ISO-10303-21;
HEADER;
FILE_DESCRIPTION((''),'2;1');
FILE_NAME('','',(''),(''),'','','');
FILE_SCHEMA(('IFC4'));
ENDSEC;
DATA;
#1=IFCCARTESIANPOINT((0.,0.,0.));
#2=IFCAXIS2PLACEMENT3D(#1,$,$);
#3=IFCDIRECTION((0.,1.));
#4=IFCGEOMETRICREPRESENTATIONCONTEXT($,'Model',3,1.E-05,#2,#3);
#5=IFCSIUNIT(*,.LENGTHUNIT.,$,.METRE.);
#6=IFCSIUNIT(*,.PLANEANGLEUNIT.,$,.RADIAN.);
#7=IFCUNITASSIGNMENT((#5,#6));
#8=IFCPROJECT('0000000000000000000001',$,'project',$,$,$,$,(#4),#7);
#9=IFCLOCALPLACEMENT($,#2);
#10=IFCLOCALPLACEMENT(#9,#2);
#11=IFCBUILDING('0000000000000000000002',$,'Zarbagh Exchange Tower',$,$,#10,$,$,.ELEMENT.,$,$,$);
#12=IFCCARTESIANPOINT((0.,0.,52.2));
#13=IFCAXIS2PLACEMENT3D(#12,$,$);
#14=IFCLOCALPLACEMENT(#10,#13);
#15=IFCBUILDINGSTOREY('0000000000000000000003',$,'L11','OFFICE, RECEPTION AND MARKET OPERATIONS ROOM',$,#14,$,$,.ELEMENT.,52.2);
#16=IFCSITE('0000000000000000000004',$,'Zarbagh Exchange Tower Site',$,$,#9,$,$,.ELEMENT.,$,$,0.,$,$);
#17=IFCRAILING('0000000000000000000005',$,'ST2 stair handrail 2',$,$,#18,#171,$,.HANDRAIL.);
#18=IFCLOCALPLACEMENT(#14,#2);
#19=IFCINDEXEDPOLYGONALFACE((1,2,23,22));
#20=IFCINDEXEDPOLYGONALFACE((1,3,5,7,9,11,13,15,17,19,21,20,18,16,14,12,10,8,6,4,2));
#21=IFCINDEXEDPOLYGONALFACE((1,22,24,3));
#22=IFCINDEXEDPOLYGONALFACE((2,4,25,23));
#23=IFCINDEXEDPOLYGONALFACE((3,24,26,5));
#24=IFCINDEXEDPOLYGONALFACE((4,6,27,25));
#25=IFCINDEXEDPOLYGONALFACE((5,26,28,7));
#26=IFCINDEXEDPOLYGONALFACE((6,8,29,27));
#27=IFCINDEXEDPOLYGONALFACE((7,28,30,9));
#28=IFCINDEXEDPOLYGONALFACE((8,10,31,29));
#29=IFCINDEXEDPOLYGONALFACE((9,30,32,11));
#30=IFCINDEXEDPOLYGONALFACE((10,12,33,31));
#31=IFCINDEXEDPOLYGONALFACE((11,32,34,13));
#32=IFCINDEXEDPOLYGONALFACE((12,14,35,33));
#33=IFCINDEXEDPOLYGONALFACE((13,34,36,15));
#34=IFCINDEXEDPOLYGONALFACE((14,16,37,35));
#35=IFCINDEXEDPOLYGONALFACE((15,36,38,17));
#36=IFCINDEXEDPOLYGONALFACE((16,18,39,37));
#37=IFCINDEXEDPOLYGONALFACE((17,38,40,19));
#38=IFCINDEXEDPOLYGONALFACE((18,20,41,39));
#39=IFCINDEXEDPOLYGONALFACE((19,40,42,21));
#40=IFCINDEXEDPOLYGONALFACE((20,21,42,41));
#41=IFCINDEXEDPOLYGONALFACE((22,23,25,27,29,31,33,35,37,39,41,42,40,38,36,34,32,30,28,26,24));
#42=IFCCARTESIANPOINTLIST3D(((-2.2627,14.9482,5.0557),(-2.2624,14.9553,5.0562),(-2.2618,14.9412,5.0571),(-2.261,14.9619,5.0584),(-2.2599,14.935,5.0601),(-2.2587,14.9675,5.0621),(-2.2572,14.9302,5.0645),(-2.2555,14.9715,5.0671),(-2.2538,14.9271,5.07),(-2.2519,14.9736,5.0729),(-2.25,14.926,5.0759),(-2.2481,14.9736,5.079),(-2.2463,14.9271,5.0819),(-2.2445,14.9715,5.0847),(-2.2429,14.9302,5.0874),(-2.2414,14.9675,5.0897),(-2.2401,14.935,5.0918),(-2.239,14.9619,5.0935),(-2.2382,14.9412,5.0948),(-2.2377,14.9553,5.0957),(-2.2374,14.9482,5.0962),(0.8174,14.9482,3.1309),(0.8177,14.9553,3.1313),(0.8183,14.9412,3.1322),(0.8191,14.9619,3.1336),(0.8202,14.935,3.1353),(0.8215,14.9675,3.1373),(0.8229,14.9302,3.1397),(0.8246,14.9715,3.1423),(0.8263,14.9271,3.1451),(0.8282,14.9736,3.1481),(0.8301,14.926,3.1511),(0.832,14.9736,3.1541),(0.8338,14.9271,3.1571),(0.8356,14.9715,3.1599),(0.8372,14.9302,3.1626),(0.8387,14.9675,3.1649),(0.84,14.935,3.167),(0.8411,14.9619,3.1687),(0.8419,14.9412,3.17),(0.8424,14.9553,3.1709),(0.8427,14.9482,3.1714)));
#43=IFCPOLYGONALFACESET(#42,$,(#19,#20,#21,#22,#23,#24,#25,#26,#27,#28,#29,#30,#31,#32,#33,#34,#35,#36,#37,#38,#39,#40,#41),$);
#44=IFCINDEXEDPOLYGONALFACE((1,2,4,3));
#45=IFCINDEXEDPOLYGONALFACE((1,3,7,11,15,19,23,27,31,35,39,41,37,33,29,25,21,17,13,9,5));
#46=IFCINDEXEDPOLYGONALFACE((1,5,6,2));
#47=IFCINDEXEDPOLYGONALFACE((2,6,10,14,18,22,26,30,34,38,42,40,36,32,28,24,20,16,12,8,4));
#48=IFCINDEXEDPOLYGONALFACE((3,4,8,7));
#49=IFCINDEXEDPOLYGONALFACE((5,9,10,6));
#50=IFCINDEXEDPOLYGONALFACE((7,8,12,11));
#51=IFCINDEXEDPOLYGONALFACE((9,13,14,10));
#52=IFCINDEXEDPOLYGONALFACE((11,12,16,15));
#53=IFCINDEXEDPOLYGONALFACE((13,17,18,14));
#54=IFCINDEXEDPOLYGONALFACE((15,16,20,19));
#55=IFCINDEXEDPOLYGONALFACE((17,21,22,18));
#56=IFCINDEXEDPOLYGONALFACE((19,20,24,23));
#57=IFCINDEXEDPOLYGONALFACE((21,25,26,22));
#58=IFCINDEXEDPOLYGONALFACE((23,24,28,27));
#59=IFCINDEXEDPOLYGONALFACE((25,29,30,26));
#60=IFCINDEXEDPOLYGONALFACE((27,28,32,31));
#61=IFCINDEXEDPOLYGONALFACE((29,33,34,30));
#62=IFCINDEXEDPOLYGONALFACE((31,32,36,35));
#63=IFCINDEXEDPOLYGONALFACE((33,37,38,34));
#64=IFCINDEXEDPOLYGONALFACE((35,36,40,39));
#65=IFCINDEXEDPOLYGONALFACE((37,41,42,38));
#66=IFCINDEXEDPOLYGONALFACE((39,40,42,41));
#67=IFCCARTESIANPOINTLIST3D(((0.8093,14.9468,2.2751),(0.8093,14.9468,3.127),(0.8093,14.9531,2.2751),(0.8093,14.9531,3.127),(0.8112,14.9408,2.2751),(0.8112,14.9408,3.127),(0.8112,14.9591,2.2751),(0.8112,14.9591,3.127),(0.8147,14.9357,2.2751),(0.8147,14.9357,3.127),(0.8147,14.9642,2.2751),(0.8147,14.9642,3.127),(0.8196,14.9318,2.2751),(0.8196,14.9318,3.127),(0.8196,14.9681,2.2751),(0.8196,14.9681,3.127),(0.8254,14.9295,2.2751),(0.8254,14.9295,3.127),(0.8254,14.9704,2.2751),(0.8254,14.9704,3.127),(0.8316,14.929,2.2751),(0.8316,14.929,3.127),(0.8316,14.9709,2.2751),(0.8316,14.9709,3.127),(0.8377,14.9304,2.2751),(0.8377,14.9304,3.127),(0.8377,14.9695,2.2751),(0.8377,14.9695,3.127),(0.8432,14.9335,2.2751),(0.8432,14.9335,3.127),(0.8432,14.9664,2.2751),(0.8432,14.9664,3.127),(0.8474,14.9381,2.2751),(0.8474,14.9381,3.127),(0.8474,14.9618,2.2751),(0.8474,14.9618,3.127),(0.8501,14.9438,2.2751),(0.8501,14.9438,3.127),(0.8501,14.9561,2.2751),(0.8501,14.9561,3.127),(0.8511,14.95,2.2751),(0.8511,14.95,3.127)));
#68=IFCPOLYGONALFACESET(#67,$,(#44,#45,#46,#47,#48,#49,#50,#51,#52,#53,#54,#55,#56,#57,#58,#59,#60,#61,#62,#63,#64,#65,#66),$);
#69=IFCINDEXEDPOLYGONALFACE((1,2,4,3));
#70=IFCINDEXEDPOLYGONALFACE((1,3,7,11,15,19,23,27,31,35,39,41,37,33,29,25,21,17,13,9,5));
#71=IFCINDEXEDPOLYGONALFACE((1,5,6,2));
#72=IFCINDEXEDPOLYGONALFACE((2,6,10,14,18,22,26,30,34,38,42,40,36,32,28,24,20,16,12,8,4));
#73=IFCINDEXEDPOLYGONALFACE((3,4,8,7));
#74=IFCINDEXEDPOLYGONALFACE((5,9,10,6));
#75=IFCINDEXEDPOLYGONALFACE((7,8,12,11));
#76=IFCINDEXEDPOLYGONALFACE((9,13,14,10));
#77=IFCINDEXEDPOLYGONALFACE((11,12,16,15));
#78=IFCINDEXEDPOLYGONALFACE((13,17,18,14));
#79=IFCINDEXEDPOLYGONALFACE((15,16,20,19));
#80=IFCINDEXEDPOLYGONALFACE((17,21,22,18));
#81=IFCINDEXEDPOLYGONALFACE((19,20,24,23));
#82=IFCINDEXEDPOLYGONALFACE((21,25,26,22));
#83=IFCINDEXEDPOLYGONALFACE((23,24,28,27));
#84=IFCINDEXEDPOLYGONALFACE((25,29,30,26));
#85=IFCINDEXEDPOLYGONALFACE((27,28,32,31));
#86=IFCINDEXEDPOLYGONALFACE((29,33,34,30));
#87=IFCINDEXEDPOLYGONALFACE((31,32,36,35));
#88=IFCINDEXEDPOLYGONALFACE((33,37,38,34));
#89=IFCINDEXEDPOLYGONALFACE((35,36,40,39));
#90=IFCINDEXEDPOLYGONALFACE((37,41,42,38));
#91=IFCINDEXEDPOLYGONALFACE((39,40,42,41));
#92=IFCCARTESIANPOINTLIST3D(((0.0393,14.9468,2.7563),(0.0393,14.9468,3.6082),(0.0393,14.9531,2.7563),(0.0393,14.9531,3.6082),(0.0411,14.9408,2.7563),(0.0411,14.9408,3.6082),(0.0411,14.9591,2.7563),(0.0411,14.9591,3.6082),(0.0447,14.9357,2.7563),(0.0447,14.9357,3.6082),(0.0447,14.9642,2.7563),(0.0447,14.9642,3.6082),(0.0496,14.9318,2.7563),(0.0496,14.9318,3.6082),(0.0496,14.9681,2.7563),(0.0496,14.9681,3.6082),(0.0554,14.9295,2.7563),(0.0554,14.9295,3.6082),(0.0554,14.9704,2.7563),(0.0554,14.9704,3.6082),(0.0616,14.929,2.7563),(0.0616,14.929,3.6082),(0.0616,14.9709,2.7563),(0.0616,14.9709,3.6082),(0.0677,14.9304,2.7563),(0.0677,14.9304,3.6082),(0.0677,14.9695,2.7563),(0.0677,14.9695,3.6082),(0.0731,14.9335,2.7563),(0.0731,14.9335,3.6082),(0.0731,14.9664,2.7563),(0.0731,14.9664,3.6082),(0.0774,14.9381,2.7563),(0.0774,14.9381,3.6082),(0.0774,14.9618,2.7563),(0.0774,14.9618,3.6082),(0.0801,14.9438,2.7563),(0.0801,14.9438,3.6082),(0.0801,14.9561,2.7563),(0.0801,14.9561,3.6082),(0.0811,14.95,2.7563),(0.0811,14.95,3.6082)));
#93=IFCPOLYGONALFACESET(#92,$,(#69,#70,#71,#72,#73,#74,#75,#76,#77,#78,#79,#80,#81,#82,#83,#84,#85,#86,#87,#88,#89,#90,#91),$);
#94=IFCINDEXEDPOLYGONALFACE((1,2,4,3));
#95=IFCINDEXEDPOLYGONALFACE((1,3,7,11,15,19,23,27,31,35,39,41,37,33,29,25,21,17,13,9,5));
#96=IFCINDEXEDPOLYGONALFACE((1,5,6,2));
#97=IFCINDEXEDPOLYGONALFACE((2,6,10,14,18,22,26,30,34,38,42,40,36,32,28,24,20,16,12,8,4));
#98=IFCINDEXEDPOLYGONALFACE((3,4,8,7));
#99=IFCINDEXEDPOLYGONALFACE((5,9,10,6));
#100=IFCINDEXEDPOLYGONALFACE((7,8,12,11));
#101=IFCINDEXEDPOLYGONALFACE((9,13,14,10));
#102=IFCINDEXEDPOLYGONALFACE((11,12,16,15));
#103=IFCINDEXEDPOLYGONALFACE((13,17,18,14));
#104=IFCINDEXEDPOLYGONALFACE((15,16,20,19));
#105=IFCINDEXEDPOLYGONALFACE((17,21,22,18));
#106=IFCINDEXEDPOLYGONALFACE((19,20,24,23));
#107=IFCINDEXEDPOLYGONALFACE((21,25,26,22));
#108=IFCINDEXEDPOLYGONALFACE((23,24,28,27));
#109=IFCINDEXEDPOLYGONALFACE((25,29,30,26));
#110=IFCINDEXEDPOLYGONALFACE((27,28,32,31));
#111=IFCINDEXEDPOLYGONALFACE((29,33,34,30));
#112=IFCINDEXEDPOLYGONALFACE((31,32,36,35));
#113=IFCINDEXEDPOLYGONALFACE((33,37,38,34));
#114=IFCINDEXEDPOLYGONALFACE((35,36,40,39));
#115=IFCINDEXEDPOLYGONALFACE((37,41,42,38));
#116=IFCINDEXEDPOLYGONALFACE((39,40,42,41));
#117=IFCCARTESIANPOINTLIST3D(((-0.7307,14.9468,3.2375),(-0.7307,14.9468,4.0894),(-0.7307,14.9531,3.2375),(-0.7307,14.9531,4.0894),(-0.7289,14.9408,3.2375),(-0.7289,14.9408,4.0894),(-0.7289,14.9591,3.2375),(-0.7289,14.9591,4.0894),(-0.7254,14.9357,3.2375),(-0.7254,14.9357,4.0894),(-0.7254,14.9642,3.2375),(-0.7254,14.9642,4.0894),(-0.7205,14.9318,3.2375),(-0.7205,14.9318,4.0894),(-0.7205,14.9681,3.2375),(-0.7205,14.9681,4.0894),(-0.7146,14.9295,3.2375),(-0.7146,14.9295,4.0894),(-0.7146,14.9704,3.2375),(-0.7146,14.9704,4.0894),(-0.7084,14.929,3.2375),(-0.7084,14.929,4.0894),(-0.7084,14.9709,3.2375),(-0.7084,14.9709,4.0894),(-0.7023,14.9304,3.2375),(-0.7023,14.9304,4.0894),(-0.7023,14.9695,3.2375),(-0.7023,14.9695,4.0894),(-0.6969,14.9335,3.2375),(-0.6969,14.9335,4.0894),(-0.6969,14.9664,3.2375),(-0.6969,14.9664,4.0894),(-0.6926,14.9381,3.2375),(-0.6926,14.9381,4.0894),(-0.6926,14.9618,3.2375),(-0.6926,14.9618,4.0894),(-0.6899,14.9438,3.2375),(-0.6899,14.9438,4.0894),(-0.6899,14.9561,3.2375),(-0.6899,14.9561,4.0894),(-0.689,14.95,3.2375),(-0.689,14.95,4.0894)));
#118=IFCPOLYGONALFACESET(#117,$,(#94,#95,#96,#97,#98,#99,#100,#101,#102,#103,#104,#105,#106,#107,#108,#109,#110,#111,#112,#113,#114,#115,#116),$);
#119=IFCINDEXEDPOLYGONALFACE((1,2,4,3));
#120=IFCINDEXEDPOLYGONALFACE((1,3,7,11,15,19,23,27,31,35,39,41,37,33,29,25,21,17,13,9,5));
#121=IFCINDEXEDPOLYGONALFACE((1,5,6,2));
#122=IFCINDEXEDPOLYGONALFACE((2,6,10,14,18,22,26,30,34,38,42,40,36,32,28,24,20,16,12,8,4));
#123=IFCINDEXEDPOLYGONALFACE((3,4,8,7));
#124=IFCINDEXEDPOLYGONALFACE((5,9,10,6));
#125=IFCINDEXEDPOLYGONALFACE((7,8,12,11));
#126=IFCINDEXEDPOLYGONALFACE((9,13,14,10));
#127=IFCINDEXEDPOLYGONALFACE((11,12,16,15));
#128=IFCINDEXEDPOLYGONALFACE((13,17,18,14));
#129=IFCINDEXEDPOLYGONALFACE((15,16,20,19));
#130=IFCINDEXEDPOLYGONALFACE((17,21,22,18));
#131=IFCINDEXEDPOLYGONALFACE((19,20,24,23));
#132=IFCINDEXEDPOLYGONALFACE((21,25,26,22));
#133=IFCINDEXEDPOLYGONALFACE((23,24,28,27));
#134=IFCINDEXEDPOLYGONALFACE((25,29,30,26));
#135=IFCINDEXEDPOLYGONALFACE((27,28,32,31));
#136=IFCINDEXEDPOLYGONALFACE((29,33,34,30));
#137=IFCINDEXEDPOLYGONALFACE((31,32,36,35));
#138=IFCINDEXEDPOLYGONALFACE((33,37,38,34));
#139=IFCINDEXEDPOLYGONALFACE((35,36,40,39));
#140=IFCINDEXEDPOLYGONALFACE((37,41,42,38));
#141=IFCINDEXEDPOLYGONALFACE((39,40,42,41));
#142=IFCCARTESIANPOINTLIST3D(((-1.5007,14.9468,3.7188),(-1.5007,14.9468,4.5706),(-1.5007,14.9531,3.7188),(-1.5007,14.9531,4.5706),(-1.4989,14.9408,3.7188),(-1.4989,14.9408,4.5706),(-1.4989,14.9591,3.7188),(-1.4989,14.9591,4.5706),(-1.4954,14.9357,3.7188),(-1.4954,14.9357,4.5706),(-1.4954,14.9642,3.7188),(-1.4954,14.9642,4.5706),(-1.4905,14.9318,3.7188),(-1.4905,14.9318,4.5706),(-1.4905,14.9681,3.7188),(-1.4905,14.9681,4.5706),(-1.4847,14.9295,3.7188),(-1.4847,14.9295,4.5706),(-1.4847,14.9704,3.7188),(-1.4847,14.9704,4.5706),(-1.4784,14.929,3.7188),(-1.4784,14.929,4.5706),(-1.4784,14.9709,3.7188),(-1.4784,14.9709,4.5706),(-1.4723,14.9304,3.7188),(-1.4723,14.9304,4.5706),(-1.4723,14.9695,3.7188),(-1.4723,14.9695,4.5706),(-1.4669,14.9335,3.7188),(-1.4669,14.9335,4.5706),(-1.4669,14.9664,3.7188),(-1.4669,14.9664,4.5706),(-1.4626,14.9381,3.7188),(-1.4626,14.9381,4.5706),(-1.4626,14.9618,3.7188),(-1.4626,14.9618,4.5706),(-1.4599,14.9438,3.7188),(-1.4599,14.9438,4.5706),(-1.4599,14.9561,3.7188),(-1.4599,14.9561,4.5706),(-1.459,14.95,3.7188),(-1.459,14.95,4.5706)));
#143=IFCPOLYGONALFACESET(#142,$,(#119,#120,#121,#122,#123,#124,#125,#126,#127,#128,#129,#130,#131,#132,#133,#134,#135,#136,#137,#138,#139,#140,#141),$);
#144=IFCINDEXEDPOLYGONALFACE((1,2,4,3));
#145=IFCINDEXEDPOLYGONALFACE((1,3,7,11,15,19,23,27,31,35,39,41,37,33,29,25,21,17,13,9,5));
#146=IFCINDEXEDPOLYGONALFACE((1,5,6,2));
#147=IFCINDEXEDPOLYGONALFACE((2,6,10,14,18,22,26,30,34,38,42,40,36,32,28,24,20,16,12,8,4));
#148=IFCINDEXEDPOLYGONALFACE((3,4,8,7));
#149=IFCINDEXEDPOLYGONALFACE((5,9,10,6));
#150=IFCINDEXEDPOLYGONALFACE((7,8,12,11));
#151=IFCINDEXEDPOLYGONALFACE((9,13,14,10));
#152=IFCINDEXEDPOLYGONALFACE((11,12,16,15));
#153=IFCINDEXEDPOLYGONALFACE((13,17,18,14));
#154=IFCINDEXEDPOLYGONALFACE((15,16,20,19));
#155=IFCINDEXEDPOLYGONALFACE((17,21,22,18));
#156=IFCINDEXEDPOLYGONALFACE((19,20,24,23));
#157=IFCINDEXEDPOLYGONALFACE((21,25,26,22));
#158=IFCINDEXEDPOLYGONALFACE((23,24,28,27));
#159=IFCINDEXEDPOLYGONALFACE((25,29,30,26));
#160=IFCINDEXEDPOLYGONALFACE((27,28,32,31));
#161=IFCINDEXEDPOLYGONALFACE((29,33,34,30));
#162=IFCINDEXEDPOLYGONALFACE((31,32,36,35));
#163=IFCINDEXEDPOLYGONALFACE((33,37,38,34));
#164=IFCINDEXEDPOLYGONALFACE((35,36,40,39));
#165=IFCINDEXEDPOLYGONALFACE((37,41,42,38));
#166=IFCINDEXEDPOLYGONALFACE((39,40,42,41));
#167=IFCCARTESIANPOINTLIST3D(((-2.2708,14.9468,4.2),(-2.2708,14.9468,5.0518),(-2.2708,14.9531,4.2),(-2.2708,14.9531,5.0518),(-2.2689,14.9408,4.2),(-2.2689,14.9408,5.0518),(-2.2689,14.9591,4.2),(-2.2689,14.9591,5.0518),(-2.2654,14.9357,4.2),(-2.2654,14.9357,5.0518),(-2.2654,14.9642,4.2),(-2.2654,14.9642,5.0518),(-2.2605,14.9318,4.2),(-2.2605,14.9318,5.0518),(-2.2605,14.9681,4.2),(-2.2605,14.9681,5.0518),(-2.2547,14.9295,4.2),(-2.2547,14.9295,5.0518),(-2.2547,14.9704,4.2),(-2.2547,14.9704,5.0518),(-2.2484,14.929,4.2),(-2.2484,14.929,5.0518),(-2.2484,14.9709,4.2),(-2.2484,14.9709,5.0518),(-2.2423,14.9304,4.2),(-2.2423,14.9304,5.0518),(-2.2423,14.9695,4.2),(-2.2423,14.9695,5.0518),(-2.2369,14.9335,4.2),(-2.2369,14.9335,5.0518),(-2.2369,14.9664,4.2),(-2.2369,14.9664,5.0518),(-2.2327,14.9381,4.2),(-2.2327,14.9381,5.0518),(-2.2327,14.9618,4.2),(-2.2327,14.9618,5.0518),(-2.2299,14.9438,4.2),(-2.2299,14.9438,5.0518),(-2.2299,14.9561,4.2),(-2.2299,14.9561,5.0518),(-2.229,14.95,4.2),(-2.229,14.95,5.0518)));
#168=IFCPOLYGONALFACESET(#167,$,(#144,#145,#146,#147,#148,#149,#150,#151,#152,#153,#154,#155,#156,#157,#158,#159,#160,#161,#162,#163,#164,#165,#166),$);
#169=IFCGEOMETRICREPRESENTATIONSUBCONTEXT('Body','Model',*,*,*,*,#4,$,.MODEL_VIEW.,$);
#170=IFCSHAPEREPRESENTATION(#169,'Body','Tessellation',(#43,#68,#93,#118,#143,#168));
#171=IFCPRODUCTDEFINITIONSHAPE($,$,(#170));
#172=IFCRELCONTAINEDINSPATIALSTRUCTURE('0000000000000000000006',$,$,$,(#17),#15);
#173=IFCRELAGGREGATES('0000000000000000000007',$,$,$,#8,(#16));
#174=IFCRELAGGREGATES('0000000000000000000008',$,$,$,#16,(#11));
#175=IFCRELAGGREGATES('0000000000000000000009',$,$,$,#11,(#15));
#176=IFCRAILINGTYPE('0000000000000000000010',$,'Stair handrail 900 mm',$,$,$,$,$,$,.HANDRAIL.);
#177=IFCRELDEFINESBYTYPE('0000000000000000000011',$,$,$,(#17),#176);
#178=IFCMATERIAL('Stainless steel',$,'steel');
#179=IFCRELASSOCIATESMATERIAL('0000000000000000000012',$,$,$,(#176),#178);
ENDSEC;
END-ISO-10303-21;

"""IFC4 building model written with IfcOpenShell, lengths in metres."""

from ifc_helpers import new_model, si_unit, direction, frame, origin, origin_2d, place, context, subcontext, project, spatial, circle, extrude, material, type_object, element, save


model = new_model("IFC4")

# Units and contexts
model_context = context("Model", 3, precision=1e-05, world=origin(), true_north=direction((0.0, 1.0)))
body_context = subcontext(model_context, "Body", "Model", "MODEL_VIEW")
ifc_project = project(units=[si_unit("LENGTHUNIT", "METRE"), si_unit("PLANEANGLEUNIT", "RADIAN")], contexts=[model_context])

# Site, building, storey
site_placement = place(None, origin())
site = spatial("IfcSite", under=ifc_project, at=site_placement, Name="Zarbagh Exchange Tower Site", CompositionType="ELEMENT", RefElevation=0.0)
building_placement = place(site_placement, origin())
building = spatial("IfcBuilding", under=site, at=building_placement, Name="Zarbagh Exchange Tower", CompositionType="ELEMENT")
storey_placement = place(building_placement, frame((0.0, 0.0, 52.2)))
storey = spatial("IfcBuildingStorey", under=building, at=storey_placement, Name="L11", Description="OFFICE, RECEPTION AND MARKET OPERATIONS ROOM", CompositionType="ELEMENT", Elevation=52.2)

# Shared definitions
ifc_material_1 = material(Name="Stainless steel", Category="steel")

# Railing
railing_type_1 = type_object("IfcRailingType", Name="Stair handrail 900 mm", PredefinedType="HANDRAIL", material=ifc_material_1)
railing_1_placement = place(storey_placement, frame((0.8301, 14.95, 2.2751)))
element("IfcRailing", 1, at=railing_1_placement, inside=storey, type_object=railing_type_1, Name="ST2 stair handrail 2", PredefinedType="HANDRAIL", context=body_context, shape_type="SweptSolid", body=[
    extrude(circle(Radius=0.0239, at=origin_2d()), frame((0.0, 0.0, 0.876), z_axis=(-0.848029, 0.0, 0.529951), x_axis=(0.0, -1.0, 0.0)), (0.0, 0.0, 1.0), 3.6321),
    extrude(circle(Radius=0.021, at=origin_2d()), origin(), (0.0, 0.0, 1.0), 0.8518),
    extrude(circle(Radius=0.021, at=origin_2d()), frame((-0.77, 0.0, 0.4812)), (0.0, 0.0, 1.0), 0.8518),
    extrude(circle(Radius=0.021, at=origin_2d()), frame((-1.54, 0.0, 0.9624)), (0.0, 0.0, 1.0), 0.8518),
    extrude(circle(Radius=0.021, at=origin_2d()), frame((-2.3101, 0.0, 1.4436)), (0.0, 0.0, 1.0), 0.8518),
    extrude(circle(Radius=0.021, at=origin_2d()), frame((-3.0801, 0.0, 1.9248)), (0.0, 0.0, 1.0), 0.8518),
])

save(model, "model.ifc")
